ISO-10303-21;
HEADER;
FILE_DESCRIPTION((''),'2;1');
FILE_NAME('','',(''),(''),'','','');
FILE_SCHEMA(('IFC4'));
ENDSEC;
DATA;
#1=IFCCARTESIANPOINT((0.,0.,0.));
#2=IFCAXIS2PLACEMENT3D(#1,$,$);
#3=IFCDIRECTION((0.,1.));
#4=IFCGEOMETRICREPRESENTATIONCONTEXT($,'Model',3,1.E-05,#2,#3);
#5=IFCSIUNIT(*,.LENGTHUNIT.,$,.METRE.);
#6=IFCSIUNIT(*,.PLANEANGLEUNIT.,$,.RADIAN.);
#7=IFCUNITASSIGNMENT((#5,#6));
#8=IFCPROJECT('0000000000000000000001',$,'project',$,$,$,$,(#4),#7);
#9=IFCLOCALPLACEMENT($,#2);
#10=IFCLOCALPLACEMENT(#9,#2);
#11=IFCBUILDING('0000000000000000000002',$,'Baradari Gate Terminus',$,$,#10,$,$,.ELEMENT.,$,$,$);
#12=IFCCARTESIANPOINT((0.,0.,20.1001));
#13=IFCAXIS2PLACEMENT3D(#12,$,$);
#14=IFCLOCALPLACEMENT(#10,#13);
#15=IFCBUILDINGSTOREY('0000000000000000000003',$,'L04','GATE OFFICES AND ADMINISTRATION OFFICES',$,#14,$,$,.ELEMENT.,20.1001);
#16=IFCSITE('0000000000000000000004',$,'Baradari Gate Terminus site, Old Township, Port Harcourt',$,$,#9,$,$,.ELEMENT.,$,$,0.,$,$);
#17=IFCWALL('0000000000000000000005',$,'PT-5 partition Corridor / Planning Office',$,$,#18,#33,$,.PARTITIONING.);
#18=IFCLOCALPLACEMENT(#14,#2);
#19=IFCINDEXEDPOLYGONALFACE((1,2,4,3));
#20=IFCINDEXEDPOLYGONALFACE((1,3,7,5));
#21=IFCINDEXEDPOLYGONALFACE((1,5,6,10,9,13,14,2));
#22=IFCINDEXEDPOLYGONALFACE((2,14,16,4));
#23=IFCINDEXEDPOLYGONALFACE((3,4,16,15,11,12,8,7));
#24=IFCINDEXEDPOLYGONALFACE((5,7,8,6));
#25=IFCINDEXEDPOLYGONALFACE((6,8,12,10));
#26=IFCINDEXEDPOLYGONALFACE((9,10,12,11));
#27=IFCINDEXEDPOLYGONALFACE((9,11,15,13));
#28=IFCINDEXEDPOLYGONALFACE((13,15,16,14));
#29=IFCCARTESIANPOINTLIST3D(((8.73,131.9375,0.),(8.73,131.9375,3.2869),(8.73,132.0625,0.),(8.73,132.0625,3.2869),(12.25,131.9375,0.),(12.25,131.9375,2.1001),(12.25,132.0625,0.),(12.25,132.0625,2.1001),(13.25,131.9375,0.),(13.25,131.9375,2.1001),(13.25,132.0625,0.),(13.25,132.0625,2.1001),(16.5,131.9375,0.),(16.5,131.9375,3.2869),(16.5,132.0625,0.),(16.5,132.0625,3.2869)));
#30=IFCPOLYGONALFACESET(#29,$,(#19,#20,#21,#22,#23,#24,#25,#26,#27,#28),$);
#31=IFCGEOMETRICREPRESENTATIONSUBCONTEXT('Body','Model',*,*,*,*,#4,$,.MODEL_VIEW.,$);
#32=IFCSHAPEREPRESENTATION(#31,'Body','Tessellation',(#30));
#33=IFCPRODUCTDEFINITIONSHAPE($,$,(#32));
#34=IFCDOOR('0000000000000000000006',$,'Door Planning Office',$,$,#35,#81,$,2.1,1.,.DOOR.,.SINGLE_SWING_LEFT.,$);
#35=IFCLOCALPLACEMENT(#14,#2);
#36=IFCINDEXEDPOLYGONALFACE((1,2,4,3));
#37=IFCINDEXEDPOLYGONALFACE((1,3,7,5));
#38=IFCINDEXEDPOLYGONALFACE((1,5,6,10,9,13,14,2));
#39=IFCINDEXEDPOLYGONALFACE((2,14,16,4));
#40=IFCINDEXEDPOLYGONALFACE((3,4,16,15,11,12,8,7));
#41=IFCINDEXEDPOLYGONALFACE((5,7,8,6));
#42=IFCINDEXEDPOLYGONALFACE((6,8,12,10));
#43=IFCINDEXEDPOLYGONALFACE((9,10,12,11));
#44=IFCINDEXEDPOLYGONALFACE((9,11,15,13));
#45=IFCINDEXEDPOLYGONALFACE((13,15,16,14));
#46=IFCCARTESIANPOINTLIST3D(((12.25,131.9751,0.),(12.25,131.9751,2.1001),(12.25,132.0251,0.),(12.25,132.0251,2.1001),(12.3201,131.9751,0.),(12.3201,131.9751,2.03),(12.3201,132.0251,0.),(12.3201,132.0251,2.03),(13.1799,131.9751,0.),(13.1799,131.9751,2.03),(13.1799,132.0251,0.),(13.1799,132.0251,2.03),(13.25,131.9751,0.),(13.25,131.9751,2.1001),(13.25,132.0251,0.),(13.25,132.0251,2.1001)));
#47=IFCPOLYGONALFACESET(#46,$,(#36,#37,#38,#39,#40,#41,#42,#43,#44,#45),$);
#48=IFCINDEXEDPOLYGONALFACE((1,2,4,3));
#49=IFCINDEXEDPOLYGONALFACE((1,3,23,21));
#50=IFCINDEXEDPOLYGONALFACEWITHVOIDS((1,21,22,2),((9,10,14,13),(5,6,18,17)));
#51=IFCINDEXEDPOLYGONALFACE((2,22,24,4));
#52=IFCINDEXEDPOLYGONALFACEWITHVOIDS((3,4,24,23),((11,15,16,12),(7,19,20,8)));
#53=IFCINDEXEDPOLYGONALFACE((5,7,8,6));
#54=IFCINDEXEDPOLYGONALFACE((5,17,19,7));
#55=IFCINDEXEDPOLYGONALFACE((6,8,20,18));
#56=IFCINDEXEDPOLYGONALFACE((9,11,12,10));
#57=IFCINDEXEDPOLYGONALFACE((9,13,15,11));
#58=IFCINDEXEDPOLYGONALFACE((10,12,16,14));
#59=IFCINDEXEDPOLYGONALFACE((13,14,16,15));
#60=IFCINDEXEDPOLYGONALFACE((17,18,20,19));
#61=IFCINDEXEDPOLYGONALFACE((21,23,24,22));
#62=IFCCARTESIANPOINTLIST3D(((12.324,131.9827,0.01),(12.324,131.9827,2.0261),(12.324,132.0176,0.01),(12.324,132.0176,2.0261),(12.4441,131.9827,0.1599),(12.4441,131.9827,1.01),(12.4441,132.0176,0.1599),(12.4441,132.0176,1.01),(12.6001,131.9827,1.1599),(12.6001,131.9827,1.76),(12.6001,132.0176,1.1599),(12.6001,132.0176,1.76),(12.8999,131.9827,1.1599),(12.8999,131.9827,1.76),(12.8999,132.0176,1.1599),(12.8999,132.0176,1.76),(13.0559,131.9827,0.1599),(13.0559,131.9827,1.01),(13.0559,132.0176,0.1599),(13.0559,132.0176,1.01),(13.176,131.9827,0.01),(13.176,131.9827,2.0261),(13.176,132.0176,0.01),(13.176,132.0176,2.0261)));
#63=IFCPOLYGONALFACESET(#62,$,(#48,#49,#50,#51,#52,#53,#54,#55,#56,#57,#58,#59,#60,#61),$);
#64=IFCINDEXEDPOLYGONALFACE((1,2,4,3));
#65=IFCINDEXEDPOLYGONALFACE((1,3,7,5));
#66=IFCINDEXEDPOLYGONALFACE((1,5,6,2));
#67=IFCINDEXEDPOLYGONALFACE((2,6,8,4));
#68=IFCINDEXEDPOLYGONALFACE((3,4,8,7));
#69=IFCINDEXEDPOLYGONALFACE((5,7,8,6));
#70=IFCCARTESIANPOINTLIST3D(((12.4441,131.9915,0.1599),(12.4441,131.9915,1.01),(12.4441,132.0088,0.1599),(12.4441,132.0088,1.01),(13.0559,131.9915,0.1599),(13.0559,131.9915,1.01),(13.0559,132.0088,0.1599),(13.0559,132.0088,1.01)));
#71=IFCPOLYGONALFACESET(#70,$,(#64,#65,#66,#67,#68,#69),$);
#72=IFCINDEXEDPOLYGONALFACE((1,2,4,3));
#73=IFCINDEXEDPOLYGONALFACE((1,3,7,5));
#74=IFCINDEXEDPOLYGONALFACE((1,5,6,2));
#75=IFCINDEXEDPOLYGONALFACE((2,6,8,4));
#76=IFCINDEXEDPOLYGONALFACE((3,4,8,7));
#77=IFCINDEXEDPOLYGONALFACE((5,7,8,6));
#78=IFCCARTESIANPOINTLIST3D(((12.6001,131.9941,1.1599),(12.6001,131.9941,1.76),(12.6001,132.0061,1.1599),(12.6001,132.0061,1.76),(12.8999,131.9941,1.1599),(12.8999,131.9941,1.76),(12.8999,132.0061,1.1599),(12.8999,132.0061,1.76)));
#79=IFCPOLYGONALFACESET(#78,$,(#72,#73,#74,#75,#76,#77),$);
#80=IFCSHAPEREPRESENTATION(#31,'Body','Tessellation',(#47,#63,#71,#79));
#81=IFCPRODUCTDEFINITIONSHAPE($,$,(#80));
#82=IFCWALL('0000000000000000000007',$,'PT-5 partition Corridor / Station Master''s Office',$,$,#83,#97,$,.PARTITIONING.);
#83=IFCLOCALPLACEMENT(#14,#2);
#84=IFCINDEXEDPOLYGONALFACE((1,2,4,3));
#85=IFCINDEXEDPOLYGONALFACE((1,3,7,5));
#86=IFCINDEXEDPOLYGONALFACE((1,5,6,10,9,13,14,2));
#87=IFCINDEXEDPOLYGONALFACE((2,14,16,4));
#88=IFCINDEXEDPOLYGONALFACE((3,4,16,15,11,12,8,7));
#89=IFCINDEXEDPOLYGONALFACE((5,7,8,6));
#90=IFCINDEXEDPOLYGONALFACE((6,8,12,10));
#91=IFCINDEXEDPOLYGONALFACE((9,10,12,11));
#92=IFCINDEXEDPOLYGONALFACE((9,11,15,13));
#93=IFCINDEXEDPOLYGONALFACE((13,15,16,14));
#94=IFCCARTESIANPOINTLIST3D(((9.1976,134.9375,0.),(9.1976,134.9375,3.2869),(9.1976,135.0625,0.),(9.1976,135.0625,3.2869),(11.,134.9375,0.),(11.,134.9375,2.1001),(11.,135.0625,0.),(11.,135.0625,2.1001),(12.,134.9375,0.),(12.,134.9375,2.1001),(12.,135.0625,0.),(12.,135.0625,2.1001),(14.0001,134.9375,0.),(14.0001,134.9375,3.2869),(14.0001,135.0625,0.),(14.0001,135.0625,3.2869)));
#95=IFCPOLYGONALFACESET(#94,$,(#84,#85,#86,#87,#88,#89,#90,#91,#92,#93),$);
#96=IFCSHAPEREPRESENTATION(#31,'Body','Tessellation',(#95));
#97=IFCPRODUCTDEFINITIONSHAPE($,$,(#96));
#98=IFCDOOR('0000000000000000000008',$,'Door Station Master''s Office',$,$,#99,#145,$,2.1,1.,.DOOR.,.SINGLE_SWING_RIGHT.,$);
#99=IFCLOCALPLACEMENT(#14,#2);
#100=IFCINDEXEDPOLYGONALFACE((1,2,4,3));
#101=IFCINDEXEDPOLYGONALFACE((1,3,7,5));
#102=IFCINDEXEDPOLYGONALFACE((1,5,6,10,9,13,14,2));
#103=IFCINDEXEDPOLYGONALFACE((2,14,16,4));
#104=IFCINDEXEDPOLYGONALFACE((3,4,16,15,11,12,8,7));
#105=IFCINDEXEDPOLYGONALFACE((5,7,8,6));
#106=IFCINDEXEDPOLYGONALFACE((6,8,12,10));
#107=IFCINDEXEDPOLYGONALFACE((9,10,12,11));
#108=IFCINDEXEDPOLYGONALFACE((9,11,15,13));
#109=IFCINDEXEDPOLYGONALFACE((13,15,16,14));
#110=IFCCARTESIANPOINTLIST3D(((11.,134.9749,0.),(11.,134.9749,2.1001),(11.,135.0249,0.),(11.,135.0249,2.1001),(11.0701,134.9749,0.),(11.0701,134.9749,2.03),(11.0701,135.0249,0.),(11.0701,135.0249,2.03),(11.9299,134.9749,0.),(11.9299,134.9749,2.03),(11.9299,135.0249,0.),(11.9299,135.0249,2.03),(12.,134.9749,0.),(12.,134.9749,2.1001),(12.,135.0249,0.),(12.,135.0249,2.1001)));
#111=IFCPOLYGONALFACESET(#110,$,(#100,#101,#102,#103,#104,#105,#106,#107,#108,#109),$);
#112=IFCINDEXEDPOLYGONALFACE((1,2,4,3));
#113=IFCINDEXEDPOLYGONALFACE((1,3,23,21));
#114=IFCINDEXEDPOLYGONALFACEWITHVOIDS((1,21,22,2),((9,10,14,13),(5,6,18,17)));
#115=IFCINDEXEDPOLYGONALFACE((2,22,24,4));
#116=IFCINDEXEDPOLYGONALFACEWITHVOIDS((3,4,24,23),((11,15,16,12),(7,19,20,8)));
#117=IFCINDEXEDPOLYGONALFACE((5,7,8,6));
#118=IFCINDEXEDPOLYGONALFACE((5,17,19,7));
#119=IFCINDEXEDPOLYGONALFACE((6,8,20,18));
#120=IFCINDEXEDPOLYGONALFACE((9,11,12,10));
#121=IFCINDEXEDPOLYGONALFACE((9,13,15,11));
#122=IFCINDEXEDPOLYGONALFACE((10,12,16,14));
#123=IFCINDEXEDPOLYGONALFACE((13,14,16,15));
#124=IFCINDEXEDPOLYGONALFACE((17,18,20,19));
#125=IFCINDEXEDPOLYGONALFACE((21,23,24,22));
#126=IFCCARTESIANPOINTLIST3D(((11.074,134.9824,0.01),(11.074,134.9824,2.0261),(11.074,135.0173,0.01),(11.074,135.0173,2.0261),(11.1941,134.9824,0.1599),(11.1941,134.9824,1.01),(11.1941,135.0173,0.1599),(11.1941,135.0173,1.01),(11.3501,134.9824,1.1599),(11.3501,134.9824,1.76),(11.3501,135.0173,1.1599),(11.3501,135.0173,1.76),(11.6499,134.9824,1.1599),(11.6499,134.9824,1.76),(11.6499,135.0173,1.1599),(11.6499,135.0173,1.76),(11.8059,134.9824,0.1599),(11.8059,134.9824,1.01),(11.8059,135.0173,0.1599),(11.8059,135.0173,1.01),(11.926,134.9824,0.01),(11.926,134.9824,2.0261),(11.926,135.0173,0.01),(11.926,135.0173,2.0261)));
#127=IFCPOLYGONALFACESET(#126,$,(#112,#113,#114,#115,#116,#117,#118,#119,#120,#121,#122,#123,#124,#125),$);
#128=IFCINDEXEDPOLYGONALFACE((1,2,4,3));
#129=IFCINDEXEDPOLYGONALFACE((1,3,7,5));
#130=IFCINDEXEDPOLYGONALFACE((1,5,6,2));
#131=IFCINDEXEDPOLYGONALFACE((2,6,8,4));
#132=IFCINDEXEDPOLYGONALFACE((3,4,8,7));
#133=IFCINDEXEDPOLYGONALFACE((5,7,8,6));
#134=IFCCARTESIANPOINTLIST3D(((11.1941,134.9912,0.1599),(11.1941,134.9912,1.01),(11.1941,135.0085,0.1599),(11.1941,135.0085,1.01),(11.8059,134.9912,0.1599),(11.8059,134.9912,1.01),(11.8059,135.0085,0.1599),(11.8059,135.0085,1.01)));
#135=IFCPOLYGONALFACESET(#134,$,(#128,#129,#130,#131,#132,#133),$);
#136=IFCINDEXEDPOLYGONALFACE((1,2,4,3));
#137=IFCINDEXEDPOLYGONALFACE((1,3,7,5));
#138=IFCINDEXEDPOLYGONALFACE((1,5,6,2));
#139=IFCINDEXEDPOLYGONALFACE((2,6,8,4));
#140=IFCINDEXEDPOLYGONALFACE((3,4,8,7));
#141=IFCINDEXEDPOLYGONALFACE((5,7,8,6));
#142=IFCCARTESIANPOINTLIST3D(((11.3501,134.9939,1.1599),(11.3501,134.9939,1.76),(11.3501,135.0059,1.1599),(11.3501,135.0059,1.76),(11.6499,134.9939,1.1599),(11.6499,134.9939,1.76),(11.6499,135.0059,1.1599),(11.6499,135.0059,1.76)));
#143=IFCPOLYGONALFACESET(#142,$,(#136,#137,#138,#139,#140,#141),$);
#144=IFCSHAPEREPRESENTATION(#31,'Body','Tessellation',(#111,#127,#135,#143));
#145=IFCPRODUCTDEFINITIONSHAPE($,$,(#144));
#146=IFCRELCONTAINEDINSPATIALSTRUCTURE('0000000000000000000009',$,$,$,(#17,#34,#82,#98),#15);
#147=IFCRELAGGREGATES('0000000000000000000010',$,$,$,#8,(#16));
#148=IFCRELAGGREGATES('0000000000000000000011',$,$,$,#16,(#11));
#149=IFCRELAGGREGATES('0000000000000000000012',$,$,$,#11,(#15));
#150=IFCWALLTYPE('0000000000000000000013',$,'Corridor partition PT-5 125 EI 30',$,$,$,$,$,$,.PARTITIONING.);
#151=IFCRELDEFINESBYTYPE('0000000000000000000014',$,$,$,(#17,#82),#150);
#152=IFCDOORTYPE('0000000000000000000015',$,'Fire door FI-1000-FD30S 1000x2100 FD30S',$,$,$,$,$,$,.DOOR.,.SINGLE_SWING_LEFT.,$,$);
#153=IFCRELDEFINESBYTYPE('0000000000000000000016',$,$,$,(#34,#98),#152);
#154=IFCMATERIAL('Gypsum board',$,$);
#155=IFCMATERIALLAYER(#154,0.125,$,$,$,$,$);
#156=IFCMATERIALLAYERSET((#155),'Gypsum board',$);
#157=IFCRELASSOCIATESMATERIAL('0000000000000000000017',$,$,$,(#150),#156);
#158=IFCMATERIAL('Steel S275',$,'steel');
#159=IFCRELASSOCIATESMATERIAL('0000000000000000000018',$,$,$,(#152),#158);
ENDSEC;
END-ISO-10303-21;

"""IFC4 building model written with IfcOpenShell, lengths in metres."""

from ifc_helpers import new_model, si_unit, direction, frame, frame_2d, origin, place, context, subcontext, project, spatial, polyline, rectangle, outline, extrude, material, layer, layer_set, type_object, element, fill, save


model = new_model("IFC4")

# Units and contexts
model_context = context("Model", 3, precision=1e-05, world=origin(), true_north=direction((0.0, 1.0)))
body_context = subcontext(model_context, "Body", "Model", "MODEL_VIEW")
ifc_project = project(units=[si_unit("LENGTHUNIT", "METRE"), si_unit("PLANEANGLEUNIT", "RADIAN")], contexts=[model_context])

# Site, building, storey
site_placement = place(None, origin())
site = spatial("IfcSite", under=ifc_project, at=site_placement, Name="Baradari Gate Terminus site, Old Township, Port Harcourt", CompositionType="ELEMENT", RefElevation=0.0)
building_placement = place(site_placement, origin())
building = spatial("IfcBuilding", under=site, at=building_placement, Name="Baradari Gate Terminus", CompositionType="ELEMENT")
storey_placement = place(building_placement, frame((0.0, 0.0, 20.1001)))
storey = spatial("IfcBuildingStorey", under=building, at=storey_placement, Name="L04", Description="GATE OFFICES AND ADMINISTRATION OFFICES", CompositionType="ELEMENT", Elevation=20.1001)

# Walls, openings, doors
ifc_material_1 = material(Name="Gypsum board")
ifc_layer_1 = layer(ifc_material_1, 0.125)
ifc_layer_set_1 = layer_set([ifc_layer_1], Name="Gypsum board")
wall_type_1 = type_object("IfcWallType", Name="Corridor partition PT-5 125 EI 30", PredefinedType="PARTITIONING", material=ifc_layer_set_1)
wall_1_placement = place(storey_placement, frame((16.5, 132.0, 0.0), z_axis=(0.0, 0.0, 1.0), x_axis=(-1.0, 0.0, 0.0)))
wall_1 = element("IfcWall", 1, at=wall_1_placement, inside=storey, type_object=wall_type_1, Name="PT-5 partition Corridor / Planning Office", PredefinedType="PARTITIONING", context=body_context, shape_type="SweptSolid", body=[
    extrude(rectangle(XDim=7.77, YDim=0.125, at=frame_2d((3.885, 0.0))), origin(), (0.0, 0.0, 1.0), 3.2869),
])
opening_1_placement = place(wall_1_placement, frame((3.25, 0.0, 0.0)))
opening_1 = element("IfcOpeningElement", 2, at=opening_1_placement, cuts=wall_1, PredefinedType="OPENING", context=body_context, shape_type="SweptSolid", body=[
    extrude(rectangle(XDim=1.0, YDim=2.1001, at=frame_2d((0.5, 1.05))), frame((0.0, 0.0725, 0.0), z_axis=(0.0, -1.0, 0.0), x_axis=(1.0, 0.0, 0.0)), (0.0, 0.0, 1.0), 0.145),
])
ifc_material_2 = material(Name="Steel S275", Category="steel")
door_type = type_object("IfcDoorType", Name="Fire door FI-1000-FD30S 1000x2100 FD30S", OperationType="SINGLE_SWING_LEFT", PredefinedType="DOOR", material=ifc_material_2)
door_1_placement = place(opening_1_placement, origin())
door_1 = element("IfcDoor", 3, at=door_1_placement, inside=storey, type_object=door_type, Name="Door Planning Office", OperationType="SINGLE_SWING_LEFT", OverallHeight=2.1, OverallWidth=1.0, PredefinedType="DOOR", context=body_context, shape_type="SweptSolid", body=[
    extrude(outline(polyline([(0.0, 0.0), (0.0701, 0.0), (0.0701, 2.03), (0.9299, 2.03), (0.9299, 0.0), (1.0, 0.0), (1.0, 2.1001), (0.0, 2.1001), (0.0, 0.0)])), frame((0.0, 0.0249, 0.0), z_axis=(0.0, -1.0, 0.0), x_axis=(1.0, 0.0, 0.0)), (0.0, 0.0, 1.0), 0.05),
    extrude(outline(polyline([(0.074, 0.01), (0.926, 0.01), (0.926, 2.0261), (0.074, 2.0261), (0.074, 0.01)]), holes=[polyline([(0.1941, 0.1599), (0.8059, 0.1599), (0.8059, 1.01), (0.1941, 1.01), (0.1941, 0.1599)]), polyline([(0.3501, 1.1599), (0.6499, 1.1599), (0.6499, 1.76), (0.3501, 1.76), (0.3501, 1.1599)])]), frame((0.0, 0.0173, 0.0), z_axis=(0.0, -1.0, 0.0), x_axis=(1.0, 0.0, 0.0)), (0.0, 0.0, 1.0), 0.0349),
    extrude(rectangle(XDim=0.6118, YDim=0.8501, at=frame_2d((0.5, 0.585))), frame((0.0, 0.0085, 0.0), z_axis=(0.0, -1.0, 0.0), x_axis=(1.0, 0.0, 0.0)), (0.0, 0.0, 1.0), 0.0173),
    extrude(rectangle(XDim=0.2998, YDim=0.6001, at=frame_2d((0.5, 1.46))), frame((0.0, 0.0059, 0.0), z_axis=(0.0, -1.0, 0.0), x_axis=(1.0, 0.0, 0.0)), (0.0, 0.0, 1.0), 0.012),
])
fill(opening_1, door_1)
wall_2_placement = place(storey_placement, frame((9.1975, 135.0, 0.0), z_axis=(0.0, 0.0, 1.0), x_axis=(1.0, 0.0, 0.0)))
wall_2 = element("IfcWall", 4, at=wall_2_placement, inside=storey, type_object=wall_type_1, Name="PT-5 partition Corridor / Station Master's Office", PredefinedType="PARTITIONING", context=body_context, shape_type="SweptSolid", body=[
    extrude(rectangle(XDim=4.8025, YDim=0.125, at=frame_2d((2.4014, 0.0))), origin(), (0.0, 0.0, 1.0), 3.2869),
])
opening_2_placement = place(wall_2_placement, frame((1.8025, 0.0, 0.0)))
opening_2 = element("IfcOpeningElement", 5, at=opening_2_placement, cuts=wall_2, PredefinedType="OPENING", context=body_context, shape_type="SweptSolid", body=[
    extrude(rectangle(XDim=1.0, YDim=2.1001, at=frame_2d((0.5, 1.05))), frame((0.0, 0.0725, 0.0), z_axis=(0.0, -1.0, 0.0), x_axis=(1.0, 0.0, 0.0)), (0.0, 0.0, 1.0), 0.145),
])
door_2_placement = place(opening_2_placement, origin())
door_2 = element("IfcDoor", 6, at=door_2_placement, inside=storey, type_object=door_type, Name="Door Station Master's Office", OperationType="SINGLE_SWING_RIGHT", OverallHeight=2.1, OverallWidth=1.0, PredefinedType="DOOR", context=body_context, shape_type="SweptSolid", body=[
    extrude(outline(polyline([(0.0, 0.0), (0.0701, 0.0), (0.0701, 2.03), (0.9299, 2.03), (0.9299, 0.0), (1.0, 0.0), (1.0, 2.1001), (0.0, 2.1001), (0.0, 0.0)])), frame((0.0, 0.0249, 0.0), z_axis=(0.0, -1.0, 0.0), x_axis=(1.0, 0.0, 0.0)), (0.0, 0.0, 1.0), 0.05),
    extrude(outline(polyline([(0.074, 0.01), (0.926, 0.01), (0.926, 2.0261), (0.074, 2.0261), (0.074, 0.01)]), holes=[polyline([(0.1941, 0.1599), (0.8059, 0.1599), (0.8059, 1.01), (0.1941, 1.01), (0.1941, 0.1599)]), polyline([(0.3501, 1.1599), (0.6499, 1.1599), (0.6499, 1.76), (0.3501, 1.76), (0.3501, 1.1599)])]), frame((0.0, 0.0173, 0.0), z_axis=(0.0, -1.0, 0.0), x_axis=(1.0, 0.0, 0.0)), (0.0, 0.0, 1.0), 0.0349),
    extrude(rectangle(XDim=0.6118, YDim=0.8501, at=frame_2d((0.5, 0.585))), frame((0.0, 0.0085, 0.0), z_axis=(0.0, -1.0, 0.0), x_axis=(1.0, 0.0, 0.0)), (0.0, 0.0, 1.0), 0.0173),
    extrude(rectangle(XDim=0.2998, YDim=0.6001, at=frame_2d((0.5, 1.46))), frame((0.0, 0.0059, 0.0), z_axis=(0.0, -1.0, 0.0), x_axis=(1.0, 0.0, 0.0)), (0.0, 0.0, 1.0), 0.012),
])
fill(opening_2, door_2)

save(model, "model.ifc")
